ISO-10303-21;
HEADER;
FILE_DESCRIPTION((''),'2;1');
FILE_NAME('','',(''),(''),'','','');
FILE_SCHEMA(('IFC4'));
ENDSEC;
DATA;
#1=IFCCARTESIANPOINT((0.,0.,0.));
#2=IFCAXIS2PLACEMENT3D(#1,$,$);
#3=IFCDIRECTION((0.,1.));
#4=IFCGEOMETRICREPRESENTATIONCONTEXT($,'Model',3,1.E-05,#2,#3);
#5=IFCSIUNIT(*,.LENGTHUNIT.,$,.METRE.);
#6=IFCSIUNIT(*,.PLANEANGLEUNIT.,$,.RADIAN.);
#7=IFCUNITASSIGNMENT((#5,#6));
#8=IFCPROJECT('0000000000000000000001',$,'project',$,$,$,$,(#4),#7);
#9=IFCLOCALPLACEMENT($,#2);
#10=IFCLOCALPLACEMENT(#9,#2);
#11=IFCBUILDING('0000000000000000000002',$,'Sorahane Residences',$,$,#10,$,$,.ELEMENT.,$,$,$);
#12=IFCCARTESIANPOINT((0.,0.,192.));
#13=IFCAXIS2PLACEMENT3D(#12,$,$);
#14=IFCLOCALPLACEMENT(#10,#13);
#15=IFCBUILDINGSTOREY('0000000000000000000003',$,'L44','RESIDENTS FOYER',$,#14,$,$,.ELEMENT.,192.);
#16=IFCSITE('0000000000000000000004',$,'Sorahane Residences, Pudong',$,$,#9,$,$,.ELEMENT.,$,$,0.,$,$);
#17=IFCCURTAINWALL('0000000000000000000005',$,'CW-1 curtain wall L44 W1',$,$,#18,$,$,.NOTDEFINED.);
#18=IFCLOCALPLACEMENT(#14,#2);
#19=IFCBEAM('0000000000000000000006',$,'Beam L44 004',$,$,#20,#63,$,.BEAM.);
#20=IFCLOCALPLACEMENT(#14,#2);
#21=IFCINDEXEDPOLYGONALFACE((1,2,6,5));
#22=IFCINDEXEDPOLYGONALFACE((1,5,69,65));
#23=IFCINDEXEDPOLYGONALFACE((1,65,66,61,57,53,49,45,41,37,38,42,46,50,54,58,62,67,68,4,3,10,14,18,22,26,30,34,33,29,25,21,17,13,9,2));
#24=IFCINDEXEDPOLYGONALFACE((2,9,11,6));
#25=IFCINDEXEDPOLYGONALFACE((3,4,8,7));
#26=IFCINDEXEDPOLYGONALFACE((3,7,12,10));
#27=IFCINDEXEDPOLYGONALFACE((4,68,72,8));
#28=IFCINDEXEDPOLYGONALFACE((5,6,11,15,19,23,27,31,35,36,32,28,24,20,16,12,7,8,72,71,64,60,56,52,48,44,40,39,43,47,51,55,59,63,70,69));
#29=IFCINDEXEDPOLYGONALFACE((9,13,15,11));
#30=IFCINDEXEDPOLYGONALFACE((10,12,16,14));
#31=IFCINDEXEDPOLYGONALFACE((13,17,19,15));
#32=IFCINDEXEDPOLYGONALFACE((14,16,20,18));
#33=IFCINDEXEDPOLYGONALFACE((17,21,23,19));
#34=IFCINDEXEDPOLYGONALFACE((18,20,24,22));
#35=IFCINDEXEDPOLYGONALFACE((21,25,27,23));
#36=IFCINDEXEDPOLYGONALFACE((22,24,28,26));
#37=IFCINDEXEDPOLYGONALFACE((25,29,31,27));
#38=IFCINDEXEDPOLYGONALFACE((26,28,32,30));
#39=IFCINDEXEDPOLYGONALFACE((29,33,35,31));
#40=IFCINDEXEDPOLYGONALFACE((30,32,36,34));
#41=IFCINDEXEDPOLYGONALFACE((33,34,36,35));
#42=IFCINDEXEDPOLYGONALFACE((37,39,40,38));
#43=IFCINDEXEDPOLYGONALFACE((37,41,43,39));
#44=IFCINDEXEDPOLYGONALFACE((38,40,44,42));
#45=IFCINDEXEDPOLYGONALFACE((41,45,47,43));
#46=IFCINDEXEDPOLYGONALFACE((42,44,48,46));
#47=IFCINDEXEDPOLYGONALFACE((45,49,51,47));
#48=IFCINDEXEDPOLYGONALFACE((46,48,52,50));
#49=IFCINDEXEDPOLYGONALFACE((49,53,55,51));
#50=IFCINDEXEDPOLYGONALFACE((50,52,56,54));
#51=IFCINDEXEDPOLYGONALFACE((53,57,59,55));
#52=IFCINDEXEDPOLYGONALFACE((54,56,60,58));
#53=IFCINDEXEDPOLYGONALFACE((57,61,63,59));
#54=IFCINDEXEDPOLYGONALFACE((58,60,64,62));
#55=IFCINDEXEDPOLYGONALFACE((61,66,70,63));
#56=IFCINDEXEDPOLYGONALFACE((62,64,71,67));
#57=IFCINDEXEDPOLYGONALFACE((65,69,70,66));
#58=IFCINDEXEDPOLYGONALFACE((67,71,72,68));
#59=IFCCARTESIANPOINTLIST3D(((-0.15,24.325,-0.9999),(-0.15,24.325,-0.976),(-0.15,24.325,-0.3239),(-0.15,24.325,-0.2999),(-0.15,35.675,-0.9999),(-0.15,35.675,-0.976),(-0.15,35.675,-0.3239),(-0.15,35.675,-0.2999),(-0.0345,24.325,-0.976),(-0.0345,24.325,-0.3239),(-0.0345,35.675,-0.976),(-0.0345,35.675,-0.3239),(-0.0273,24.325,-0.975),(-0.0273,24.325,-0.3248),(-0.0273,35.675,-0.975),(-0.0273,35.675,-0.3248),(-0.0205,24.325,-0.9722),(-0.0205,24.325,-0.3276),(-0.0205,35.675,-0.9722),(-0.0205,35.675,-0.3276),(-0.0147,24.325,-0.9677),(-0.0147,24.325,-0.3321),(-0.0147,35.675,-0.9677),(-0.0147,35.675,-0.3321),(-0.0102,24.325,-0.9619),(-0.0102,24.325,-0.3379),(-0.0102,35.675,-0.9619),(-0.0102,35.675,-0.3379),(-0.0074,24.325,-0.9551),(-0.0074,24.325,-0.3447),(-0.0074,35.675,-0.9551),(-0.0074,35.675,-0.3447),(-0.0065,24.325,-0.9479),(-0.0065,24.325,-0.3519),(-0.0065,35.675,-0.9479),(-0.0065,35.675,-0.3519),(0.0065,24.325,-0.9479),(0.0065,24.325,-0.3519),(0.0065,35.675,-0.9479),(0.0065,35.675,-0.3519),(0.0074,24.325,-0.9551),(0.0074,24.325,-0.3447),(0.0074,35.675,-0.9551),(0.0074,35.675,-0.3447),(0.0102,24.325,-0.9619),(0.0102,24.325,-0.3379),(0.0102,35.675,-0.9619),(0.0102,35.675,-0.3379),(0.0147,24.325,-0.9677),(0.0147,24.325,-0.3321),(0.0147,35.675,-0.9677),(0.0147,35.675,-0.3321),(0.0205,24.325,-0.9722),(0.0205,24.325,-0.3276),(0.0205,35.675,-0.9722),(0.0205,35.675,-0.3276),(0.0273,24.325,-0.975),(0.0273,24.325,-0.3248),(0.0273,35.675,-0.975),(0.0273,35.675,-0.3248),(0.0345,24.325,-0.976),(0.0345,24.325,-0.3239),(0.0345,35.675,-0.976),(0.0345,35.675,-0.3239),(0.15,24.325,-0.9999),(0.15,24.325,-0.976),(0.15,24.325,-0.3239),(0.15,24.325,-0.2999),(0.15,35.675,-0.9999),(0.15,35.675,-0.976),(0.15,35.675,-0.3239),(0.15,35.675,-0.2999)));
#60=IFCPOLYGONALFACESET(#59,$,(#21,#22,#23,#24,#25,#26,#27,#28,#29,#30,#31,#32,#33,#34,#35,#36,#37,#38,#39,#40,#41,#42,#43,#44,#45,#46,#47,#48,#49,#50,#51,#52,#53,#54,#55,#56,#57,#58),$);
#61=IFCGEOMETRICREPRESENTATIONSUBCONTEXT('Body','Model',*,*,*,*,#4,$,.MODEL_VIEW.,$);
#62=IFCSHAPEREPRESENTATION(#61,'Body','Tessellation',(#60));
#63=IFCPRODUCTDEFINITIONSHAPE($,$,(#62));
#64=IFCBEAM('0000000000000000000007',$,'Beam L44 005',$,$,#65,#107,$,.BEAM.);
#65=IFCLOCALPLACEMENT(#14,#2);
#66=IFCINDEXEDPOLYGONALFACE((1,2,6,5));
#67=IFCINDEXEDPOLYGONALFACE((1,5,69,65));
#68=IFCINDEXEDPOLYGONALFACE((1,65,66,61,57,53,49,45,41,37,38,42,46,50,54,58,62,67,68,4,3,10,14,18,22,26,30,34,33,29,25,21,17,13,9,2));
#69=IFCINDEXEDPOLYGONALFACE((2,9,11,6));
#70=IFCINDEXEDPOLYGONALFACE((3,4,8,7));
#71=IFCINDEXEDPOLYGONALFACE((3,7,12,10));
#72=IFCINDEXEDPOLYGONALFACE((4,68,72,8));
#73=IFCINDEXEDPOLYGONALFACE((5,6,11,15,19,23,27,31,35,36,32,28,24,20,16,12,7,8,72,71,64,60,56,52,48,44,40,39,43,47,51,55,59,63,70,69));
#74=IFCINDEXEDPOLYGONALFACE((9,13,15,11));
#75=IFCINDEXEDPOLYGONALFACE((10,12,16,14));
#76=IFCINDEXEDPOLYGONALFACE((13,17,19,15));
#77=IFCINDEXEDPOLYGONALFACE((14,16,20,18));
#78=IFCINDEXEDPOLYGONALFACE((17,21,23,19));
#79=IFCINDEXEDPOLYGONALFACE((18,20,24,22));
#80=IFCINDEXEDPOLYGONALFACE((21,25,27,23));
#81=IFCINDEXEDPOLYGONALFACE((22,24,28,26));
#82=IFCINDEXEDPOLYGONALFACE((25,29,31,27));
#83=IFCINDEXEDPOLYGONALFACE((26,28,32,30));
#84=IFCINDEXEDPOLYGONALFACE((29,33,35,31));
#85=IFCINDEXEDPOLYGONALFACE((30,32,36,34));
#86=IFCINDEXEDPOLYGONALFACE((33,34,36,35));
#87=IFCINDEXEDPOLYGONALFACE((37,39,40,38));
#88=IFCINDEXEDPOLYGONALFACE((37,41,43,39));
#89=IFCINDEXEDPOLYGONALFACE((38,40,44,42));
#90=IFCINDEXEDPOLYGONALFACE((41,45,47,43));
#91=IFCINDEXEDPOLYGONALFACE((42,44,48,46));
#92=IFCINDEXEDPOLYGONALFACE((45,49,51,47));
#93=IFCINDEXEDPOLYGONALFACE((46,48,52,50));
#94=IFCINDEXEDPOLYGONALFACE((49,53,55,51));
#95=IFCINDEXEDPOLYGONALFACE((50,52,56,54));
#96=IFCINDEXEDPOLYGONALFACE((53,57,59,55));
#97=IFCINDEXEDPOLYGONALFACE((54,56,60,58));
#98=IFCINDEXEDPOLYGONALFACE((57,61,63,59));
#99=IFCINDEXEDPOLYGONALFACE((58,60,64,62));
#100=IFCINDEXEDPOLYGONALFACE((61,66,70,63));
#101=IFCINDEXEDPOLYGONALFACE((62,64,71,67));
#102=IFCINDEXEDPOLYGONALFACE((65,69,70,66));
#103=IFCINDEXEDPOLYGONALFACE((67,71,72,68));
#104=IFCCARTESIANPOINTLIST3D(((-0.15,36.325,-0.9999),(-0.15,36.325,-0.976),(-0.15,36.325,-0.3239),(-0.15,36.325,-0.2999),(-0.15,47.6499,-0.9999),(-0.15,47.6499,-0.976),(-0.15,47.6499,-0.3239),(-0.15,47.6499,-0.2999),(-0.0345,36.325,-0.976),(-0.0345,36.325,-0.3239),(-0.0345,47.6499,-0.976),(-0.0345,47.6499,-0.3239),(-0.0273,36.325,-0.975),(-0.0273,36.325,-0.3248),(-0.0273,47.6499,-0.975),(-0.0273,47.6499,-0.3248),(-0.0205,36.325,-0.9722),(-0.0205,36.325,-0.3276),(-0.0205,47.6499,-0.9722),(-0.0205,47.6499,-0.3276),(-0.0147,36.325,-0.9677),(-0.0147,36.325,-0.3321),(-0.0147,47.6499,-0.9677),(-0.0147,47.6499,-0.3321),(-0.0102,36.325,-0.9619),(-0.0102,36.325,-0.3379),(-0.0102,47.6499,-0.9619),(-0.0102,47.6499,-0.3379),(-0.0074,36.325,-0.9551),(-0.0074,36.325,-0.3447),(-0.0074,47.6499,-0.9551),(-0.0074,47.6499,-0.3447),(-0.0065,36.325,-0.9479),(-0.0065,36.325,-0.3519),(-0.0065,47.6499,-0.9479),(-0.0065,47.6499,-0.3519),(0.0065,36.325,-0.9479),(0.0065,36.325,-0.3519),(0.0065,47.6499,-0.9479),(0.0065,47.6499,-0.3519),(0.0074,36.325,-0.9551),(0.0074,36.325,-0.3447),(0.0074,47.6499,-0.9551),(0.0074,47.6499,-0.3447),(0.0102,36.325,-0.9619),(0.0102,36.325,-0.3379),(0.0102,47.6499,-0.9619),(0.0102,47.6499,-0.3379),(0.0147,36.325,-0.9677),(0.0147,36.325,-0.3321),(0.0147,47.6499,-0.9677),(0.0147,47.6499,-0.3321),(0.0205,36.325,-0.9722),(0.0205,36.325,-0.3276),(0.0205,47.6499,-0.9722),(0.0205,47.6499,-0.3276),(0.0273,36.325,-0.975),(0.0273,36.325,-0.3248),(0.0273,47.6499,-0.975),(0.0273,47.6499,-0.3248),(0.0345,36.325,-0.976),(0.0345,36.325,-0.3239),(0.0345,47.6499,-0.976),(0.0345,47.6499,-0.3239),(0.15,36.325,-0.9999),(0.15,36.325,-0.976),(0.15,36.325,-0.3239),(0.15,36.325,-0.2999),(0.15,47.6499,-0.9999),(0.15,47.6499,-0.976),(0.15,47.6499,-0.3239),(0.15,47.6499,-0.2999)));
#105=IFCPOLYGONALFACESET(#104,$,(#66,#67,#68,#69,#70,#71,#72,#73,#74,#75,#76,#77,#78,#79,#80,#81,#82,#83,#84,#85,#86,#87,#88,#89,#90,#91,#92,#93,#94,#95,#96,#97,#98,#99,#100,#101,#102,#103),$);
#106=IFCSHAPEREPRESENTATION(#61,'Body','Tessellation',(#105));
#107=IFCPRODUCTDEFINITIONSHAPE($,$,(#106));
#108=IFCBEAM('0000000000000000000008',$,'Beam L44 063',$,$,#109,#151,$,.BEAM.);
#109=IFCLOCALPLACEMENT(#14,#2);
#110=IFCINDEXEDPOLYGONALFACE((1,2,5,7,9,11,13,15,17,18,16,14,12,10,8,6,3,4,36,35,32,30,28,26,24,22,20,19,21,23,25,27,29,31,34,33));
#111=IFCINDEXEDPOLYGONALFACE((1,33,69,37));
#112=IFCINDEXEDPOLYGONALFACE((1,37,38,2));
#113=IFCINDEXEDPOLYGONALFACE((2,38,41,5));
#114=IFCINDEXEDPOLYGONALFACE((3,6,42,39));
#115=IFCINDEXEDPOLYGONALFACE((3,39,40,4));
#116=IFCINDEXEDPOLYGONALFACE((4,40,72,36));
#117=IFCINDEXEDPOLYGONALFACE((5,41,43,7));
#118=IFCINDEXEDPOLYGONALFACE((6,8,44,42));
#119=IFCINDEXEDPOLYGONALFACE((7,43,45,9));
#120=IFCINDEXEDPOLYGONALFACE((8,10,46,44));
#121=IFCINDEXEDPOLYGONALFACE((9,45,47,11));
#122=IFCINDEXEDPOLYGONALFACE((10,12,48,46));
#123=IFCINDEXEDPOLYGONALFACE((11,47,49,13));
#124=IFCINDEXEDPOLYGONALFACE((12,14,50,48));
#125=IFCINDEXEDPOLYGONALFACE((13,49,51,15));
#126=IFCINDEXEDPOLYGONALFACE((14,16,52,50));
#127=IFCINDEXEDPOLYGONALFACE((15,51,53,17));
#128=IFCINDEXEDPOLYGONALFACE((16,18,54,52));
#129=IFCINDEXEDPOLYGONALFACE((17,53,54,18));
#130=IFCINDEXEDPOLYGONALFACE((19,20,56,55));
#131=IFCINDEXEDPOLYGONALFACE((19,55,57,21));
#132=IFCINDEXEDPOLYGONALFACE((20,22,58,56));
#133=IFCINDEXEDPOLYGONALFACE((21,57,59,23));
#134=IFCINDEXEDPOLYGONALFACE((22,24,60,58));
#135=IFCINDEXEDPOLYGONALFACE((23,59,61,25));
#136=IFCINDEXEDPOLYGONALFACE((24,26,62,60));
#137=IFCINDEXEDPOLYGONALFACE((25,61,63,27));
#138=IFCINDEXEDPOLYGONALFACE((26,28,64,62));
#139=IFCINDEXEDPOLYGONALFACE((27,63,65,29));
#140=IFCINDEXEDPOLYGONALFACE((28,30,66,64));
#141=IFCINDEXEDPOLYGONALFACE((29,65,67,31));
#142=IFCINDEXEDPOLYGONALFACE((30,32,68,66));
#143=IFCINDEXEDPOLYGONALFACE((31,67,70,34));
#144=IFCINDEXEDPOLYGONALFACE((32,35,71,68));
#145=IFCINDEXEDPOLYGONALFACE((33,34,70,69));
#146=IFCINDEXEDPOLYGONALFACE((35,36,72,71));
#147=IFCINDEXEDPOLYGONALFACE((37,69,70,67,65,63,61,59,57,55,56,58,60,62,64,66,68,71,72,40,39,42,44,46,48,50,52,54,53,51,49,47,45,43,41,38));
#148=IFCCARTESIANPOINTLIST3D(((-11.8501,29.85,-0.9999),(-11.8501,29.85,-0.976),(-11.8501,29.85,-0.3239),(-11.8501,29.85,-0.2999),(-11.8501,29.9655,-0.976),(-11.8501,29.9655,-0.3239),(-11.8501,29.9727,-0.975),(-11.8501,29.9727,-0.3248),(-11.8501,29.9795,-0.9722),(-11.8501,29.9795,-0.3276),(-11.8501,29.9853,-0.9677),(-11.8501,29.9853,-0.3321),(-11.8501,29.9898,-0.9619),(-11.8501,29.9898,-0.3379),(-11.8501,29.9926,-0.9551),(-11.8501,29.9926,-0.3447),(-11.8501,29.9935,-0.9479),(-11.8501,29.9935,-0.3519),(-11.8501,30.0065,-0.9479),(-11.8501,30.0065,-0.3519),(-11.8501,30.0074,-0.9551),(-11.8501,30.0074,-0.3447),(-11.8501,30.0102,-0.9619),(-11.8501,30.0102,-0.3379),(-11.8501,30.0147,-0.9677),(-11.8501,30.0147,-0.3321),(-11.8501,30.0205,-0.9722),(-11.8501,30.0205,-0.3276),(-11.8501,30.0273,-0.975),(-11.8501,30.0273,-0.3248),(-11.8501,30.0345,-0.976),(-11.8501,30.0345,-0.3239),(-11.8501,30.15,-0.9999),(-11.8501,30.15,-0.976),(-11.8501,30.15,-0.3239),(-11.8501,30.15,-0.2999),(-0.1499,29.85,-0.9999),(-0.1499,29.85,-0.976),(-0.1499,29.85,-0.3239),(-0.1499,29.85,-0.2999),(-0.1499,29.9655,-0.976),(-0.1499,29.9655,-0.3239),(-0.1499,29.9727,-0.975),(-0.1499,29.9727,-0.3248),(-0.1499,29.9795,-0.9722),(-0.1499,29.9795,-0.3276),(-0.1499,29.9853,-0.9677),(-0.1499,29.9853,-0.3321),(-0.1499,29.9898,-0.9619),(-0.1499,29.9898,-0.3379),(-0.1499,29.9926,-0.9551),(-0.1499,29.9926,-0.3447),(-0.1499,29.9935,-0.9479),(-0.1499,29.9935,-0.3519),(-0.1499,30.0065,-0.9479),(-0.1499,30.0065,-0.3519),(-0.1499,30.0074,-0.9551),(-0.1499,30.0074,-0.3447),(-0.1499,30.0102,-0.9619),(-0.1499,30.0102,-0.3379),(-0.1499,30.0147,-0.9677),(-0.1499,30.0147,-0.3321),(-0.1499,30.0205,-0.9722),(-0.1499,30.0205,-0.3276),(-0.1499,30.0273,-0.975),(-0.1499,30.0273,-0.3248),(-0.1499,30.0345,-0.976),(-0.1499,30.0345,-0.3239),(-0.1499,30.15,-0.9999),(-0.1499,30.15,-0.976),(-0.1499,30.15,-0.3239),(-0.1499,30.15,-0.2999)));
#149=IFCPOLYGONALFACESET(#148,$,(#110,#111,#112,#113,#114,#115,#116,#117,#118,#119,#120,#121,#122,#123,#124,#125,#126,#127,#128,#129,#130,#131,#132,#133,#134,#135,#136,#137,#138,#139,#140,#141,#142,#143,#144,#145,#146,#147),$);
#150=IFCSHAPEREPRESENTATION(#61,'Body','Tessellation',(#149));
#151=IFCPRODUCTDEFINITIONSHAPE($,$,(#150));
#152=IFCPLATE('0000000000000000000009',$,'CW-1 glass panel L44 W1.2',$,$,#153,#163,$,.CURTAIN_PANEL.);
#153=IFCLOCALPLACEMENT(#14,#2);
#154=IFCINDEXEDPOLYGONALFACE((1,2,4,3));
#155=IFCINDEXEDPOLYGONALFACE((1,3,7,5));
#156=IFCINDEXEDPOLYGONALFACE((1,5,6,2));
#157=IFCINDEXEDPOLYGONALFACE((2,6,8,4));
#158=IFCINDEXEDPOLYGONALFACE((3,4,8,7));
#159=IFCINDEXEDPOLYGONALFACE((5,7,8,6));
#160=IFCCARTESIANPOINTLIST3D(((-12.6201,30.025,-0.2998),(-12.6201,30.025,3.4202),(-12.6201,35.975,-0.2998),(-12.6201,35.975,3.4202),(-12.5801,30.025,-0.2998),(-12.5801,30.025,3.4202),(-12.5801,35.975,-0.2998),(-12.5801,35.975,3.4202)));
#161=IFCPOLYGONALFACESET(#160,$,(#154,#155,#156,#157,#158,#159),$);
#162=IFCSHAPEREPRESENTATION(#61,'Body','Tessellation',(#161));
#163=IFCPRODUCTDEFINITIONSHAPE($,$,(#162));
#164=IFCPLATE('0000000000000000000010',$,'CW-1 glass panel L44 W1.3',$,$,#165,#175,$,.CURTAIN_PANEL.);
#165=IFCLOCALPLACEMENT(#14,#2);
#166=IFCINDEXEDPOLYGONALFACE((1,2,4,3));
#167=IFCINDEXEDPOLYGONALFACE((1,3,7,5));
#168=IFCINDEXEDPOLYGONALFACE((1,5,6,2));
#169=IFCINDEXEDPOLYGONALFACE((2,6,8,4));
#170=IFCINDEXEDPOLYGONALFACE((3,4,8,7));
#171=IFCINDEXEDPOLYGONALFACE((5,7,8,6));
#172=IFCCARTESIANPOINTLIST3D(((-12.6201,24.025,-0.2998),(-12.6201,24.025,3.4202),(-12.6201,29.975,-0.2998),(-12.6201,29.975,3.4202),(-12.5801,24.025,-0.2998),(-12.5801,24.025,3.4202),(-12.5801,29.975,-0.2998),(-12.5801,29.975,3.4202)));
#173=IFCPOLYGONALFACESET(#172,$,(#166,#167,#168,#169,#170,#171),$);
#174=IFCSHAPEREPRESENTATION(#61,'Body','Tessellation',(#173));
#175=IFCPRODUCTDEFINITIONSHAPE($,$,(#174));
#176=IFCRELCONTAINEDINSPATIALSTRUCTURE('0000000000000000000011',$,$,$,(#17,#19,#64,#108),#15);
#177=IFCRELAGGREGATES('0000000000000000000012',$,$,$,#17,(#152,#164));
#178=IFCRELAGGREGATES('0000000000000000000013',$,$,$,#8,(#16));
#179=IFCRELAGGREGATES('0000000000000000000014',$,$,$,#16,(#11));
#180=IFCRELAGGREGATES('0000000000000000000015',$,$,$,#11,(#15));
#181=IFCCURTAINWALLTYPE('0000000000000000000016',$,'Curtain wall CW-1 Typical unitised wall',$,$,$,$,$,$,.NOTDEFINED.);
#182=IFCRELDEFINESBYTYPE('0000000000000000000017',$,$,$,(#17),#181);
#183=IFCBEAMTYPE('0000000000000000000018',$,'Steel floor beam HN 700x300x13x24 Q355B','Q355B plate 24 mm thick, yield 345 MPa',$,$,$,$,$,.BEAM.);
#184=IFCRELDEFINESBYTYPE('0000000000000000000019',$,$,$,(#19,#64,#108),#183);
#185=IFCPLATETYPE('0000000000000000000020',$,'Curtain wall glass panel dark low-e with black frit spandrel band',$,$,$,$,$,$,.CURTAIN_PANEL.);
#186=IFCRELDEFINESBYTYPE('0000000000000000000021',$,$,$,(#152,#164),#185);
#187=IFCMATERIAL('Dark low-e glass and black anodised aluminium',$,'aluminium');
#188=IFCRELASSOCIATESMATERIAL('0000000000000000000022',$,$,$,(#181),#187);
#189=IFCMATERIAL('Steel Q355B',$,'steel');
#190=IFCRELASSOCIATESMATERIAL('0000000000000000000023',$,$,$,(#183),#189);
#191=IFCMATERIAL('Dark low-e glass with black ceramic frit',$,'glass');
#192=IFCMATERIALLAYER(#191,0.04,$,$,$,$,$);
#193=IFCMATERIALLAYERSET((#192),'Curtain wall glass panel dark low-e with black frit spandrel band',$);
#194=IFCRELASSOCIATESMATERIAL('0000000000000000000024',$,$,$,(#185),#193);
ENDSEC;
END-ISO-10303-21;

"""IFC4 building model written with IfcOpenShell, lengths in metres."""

from ifc_helpers import new_model, si_unit, direction, frame, origin, origin_2d, place, context, subcontext, project, spatial, rectangle, i_section, extrude, material, layer, layer_set, material_profile, profile_set, type_object, element, aggregate, save


model = new_model("IFC4")

# Units and contexts
model_context = context("Model", 3, precision=1e-05, world=origin(), true_north=direction((0.0, 1.0)))
body_context = subcontext(model_context, "Body", "Model", "MODEL_VIEW")
ifc_project = project(units=[si_unit("LENGTHUNIT", "METRE"), si_unit("PLANEANGLEUNIT", "RADIAN")], contexts=[model_context])

# Site, building, storey
site_placement = place(None, origin())
site = spatial("IfcSite", under=ifc_project, at=site_placement, Name="Sorahane Residences, Pudong", CompositionType="ELEMENT", RefElevation=0.0)
building_placement = place(site_placement, origin())
building = spatial("IfcBuilding", under=site, at=building_placement, Name="Sorahane Residences", CompositionType="ELEMENT")
storey_placement = place(building_placement, frame((0.0, 0.0, 192.0)))
storey = spatial("IfcBuildingStorey", under=building, at=storey_placement, Name="L44", Description="RESIDENTS FOYER", CompositionType="ELEMENT", Elevation=192.0)

# Curtain wall
ifc_material_1 = material(Name="Dark low-e glass and black anodised aluminium", Category="aluminium")
curtain_wall_type = type_object("IfcCurtainWallType", Name="Curtain wall CW-1 Typical unitised wall", PredefinedType="NOTDEFINED", material=ifc_material_1)
curtain_wall_placement = place(storey_placement, origin())
curtain_wall = element("IfcCurtainWall", 1, at=curtain_wall_placement, inside=storey, type_object=curtain_wall_type, Name="CW-1 curtain wall L44 W1", PredefinedType="NOTDEFINED")

# Beams
ifc_material_2 = material(Name="Steel Q355B", Category="steel")
ifc_material_profile_1 = material_profile(ifc_material_2, i_section(OverallWidth=0.3, OverallDepth=0.7, WebThickness=0.0129, FlangeThickness=0.0239, FilletRadius=0.0281, at=origin_2d()), Name="HN 700x300x13x24")
ifc_profile_set_1 = profile_set([ifc_material_profile_1], Name="Steel Q355B")
beam_type_1 = type_object("IfcBeamType", Name="Steel floor beam HN 700x300x13x24 Q355B", Description="Q355B plate 24 mm thick, yield 345 MPa", PredefinedType="BEAM", material=ifc_profile_set_1)
beam_1_placement = place(storey_placement, frame((0.0, 24.325, -0.6499), z_axis=(0.0, 1.0, 0.0), x_axis=(-1.0, 0.0, 0.0)))
element("IfcBeam", 2, at=beam_1_placement, inside=storey, type_object=beam_type_1, Name="Beam L44 004", PredefinedType="BEAM", context=body_context, shape_type="SweptSolid", body=[
    extrude(i_section(OverallWidth=0.3, OverallDepth=0.7, WebThickness=0.0129, FlangeThickness=0.0239, FilletRadius=0.0281, at=origin_2d()), origin(), (0.0, 0.0, 1.0), 11.3501),
])
beam_2_placement = place(storey_placement, frame((0.0, 36.325, -0.6499), z_axis=(0.0, 1.0, 0.0), x_axis=(-1.0, 0.0, 0.0)))
element("IfcBeam", 3, at=beam_2_placement, inside=storey, type_object=beam_type_1, Name="Beam L44 005", PredefinedType="BEAM", context=body_context, shape_type="SweptSolid", body=[
    extrude(i_section(OverallWidth=0.3, OverallDepth=0.7, WebThickness=0.0129, FlangeThickness=0.0239, FilletRadius=0.0281, at=origin_2d()), origin(), (0.0, 0.0, 1.0), 11.325),
])
beam_3_placement = place(storey_placement, frame((-11.8501, 30.0, -0.6499), z_axis=(1.0, 0.0, 0.0), x_axis=(0.0, 1.0, 0.0)))
element("IfcBeam", 4, at=beam_3_placement, inside=storey, type_object=beam_type_1, Name="Beam L44 063", PredefinedType="BEAM", context=body_context, shape_type="SweptSolid", body=[
    extrude(i_section(OverallWidth=0.3, OverallDepth=0.7, WebThickness=0.0129, FlangeThickness=0.0239, FilletRadius=0.0281, at=origin_2d()), origin(), (0.0, 0.0, 1.0), 11.7002),
])

# Plates
ifc_material_3 = material(Name="Dark low-e glass with black ceramic frit", Category="glass")
ifc_layer_1 = layer(ifc_material_3, 0.04)
ifc_layer_set_1 = layer_set([ifc_layer_1], Name="Curtain wall glass panel dark low-e with black frit spandrel band")
plate_type = type_object("IfcPlateType", Name="Curtain wall glass panel dark low-e with black frit spandrel band", PredefinedType="CURTAIN_PANEL", material=ifc_layer_set_1)
plate_1_placement = place(storey_placement, frame((-12.6001, 33.0, -0.2998), z_axis=(0.0, 0.0, 1.0), x_axis=(0.0, -1.0, 0.0)))
plate_1 = element("IfcPlate", 5, at=plate_1_placement, type_object=plate_type, Name="CW-1 glass panel L44 W1.2", PredefinedType="CURTAIN_PANEL", context=body_context, shape_type="SweptSolid", body=[
    extrude(rectangle(XDim=5.95, YDim=0.04, at=origin_2d()), origin(), (0.0, 0.0, 1.0), 3.72),
])
plate_2_placement = place(storey_placement, frame((-12.6001, 27.0, -0.2998), z_axis=(0.0, 0.0, 1.0), x_axis=(0.0, -1.0, 0.0)))
plate_2 = element("IfcPlate", 6, at=plate_2_placement, type_object=plate_type, Name="CW-1 glass panel L44 W1.3", PredefinedType="CURTAIN_PANEL", context=body_context, shape_type="SweptSolid", body=[
    extrude(rectangle(XDim=5.95, YDim=0.04, at=origin_2d()), origin(), (0.0, 0.0, 1.0), 3.72),
])
aggregate(curtain_wall, [plate_1, plate_2])

save(model, "model.ifc")
